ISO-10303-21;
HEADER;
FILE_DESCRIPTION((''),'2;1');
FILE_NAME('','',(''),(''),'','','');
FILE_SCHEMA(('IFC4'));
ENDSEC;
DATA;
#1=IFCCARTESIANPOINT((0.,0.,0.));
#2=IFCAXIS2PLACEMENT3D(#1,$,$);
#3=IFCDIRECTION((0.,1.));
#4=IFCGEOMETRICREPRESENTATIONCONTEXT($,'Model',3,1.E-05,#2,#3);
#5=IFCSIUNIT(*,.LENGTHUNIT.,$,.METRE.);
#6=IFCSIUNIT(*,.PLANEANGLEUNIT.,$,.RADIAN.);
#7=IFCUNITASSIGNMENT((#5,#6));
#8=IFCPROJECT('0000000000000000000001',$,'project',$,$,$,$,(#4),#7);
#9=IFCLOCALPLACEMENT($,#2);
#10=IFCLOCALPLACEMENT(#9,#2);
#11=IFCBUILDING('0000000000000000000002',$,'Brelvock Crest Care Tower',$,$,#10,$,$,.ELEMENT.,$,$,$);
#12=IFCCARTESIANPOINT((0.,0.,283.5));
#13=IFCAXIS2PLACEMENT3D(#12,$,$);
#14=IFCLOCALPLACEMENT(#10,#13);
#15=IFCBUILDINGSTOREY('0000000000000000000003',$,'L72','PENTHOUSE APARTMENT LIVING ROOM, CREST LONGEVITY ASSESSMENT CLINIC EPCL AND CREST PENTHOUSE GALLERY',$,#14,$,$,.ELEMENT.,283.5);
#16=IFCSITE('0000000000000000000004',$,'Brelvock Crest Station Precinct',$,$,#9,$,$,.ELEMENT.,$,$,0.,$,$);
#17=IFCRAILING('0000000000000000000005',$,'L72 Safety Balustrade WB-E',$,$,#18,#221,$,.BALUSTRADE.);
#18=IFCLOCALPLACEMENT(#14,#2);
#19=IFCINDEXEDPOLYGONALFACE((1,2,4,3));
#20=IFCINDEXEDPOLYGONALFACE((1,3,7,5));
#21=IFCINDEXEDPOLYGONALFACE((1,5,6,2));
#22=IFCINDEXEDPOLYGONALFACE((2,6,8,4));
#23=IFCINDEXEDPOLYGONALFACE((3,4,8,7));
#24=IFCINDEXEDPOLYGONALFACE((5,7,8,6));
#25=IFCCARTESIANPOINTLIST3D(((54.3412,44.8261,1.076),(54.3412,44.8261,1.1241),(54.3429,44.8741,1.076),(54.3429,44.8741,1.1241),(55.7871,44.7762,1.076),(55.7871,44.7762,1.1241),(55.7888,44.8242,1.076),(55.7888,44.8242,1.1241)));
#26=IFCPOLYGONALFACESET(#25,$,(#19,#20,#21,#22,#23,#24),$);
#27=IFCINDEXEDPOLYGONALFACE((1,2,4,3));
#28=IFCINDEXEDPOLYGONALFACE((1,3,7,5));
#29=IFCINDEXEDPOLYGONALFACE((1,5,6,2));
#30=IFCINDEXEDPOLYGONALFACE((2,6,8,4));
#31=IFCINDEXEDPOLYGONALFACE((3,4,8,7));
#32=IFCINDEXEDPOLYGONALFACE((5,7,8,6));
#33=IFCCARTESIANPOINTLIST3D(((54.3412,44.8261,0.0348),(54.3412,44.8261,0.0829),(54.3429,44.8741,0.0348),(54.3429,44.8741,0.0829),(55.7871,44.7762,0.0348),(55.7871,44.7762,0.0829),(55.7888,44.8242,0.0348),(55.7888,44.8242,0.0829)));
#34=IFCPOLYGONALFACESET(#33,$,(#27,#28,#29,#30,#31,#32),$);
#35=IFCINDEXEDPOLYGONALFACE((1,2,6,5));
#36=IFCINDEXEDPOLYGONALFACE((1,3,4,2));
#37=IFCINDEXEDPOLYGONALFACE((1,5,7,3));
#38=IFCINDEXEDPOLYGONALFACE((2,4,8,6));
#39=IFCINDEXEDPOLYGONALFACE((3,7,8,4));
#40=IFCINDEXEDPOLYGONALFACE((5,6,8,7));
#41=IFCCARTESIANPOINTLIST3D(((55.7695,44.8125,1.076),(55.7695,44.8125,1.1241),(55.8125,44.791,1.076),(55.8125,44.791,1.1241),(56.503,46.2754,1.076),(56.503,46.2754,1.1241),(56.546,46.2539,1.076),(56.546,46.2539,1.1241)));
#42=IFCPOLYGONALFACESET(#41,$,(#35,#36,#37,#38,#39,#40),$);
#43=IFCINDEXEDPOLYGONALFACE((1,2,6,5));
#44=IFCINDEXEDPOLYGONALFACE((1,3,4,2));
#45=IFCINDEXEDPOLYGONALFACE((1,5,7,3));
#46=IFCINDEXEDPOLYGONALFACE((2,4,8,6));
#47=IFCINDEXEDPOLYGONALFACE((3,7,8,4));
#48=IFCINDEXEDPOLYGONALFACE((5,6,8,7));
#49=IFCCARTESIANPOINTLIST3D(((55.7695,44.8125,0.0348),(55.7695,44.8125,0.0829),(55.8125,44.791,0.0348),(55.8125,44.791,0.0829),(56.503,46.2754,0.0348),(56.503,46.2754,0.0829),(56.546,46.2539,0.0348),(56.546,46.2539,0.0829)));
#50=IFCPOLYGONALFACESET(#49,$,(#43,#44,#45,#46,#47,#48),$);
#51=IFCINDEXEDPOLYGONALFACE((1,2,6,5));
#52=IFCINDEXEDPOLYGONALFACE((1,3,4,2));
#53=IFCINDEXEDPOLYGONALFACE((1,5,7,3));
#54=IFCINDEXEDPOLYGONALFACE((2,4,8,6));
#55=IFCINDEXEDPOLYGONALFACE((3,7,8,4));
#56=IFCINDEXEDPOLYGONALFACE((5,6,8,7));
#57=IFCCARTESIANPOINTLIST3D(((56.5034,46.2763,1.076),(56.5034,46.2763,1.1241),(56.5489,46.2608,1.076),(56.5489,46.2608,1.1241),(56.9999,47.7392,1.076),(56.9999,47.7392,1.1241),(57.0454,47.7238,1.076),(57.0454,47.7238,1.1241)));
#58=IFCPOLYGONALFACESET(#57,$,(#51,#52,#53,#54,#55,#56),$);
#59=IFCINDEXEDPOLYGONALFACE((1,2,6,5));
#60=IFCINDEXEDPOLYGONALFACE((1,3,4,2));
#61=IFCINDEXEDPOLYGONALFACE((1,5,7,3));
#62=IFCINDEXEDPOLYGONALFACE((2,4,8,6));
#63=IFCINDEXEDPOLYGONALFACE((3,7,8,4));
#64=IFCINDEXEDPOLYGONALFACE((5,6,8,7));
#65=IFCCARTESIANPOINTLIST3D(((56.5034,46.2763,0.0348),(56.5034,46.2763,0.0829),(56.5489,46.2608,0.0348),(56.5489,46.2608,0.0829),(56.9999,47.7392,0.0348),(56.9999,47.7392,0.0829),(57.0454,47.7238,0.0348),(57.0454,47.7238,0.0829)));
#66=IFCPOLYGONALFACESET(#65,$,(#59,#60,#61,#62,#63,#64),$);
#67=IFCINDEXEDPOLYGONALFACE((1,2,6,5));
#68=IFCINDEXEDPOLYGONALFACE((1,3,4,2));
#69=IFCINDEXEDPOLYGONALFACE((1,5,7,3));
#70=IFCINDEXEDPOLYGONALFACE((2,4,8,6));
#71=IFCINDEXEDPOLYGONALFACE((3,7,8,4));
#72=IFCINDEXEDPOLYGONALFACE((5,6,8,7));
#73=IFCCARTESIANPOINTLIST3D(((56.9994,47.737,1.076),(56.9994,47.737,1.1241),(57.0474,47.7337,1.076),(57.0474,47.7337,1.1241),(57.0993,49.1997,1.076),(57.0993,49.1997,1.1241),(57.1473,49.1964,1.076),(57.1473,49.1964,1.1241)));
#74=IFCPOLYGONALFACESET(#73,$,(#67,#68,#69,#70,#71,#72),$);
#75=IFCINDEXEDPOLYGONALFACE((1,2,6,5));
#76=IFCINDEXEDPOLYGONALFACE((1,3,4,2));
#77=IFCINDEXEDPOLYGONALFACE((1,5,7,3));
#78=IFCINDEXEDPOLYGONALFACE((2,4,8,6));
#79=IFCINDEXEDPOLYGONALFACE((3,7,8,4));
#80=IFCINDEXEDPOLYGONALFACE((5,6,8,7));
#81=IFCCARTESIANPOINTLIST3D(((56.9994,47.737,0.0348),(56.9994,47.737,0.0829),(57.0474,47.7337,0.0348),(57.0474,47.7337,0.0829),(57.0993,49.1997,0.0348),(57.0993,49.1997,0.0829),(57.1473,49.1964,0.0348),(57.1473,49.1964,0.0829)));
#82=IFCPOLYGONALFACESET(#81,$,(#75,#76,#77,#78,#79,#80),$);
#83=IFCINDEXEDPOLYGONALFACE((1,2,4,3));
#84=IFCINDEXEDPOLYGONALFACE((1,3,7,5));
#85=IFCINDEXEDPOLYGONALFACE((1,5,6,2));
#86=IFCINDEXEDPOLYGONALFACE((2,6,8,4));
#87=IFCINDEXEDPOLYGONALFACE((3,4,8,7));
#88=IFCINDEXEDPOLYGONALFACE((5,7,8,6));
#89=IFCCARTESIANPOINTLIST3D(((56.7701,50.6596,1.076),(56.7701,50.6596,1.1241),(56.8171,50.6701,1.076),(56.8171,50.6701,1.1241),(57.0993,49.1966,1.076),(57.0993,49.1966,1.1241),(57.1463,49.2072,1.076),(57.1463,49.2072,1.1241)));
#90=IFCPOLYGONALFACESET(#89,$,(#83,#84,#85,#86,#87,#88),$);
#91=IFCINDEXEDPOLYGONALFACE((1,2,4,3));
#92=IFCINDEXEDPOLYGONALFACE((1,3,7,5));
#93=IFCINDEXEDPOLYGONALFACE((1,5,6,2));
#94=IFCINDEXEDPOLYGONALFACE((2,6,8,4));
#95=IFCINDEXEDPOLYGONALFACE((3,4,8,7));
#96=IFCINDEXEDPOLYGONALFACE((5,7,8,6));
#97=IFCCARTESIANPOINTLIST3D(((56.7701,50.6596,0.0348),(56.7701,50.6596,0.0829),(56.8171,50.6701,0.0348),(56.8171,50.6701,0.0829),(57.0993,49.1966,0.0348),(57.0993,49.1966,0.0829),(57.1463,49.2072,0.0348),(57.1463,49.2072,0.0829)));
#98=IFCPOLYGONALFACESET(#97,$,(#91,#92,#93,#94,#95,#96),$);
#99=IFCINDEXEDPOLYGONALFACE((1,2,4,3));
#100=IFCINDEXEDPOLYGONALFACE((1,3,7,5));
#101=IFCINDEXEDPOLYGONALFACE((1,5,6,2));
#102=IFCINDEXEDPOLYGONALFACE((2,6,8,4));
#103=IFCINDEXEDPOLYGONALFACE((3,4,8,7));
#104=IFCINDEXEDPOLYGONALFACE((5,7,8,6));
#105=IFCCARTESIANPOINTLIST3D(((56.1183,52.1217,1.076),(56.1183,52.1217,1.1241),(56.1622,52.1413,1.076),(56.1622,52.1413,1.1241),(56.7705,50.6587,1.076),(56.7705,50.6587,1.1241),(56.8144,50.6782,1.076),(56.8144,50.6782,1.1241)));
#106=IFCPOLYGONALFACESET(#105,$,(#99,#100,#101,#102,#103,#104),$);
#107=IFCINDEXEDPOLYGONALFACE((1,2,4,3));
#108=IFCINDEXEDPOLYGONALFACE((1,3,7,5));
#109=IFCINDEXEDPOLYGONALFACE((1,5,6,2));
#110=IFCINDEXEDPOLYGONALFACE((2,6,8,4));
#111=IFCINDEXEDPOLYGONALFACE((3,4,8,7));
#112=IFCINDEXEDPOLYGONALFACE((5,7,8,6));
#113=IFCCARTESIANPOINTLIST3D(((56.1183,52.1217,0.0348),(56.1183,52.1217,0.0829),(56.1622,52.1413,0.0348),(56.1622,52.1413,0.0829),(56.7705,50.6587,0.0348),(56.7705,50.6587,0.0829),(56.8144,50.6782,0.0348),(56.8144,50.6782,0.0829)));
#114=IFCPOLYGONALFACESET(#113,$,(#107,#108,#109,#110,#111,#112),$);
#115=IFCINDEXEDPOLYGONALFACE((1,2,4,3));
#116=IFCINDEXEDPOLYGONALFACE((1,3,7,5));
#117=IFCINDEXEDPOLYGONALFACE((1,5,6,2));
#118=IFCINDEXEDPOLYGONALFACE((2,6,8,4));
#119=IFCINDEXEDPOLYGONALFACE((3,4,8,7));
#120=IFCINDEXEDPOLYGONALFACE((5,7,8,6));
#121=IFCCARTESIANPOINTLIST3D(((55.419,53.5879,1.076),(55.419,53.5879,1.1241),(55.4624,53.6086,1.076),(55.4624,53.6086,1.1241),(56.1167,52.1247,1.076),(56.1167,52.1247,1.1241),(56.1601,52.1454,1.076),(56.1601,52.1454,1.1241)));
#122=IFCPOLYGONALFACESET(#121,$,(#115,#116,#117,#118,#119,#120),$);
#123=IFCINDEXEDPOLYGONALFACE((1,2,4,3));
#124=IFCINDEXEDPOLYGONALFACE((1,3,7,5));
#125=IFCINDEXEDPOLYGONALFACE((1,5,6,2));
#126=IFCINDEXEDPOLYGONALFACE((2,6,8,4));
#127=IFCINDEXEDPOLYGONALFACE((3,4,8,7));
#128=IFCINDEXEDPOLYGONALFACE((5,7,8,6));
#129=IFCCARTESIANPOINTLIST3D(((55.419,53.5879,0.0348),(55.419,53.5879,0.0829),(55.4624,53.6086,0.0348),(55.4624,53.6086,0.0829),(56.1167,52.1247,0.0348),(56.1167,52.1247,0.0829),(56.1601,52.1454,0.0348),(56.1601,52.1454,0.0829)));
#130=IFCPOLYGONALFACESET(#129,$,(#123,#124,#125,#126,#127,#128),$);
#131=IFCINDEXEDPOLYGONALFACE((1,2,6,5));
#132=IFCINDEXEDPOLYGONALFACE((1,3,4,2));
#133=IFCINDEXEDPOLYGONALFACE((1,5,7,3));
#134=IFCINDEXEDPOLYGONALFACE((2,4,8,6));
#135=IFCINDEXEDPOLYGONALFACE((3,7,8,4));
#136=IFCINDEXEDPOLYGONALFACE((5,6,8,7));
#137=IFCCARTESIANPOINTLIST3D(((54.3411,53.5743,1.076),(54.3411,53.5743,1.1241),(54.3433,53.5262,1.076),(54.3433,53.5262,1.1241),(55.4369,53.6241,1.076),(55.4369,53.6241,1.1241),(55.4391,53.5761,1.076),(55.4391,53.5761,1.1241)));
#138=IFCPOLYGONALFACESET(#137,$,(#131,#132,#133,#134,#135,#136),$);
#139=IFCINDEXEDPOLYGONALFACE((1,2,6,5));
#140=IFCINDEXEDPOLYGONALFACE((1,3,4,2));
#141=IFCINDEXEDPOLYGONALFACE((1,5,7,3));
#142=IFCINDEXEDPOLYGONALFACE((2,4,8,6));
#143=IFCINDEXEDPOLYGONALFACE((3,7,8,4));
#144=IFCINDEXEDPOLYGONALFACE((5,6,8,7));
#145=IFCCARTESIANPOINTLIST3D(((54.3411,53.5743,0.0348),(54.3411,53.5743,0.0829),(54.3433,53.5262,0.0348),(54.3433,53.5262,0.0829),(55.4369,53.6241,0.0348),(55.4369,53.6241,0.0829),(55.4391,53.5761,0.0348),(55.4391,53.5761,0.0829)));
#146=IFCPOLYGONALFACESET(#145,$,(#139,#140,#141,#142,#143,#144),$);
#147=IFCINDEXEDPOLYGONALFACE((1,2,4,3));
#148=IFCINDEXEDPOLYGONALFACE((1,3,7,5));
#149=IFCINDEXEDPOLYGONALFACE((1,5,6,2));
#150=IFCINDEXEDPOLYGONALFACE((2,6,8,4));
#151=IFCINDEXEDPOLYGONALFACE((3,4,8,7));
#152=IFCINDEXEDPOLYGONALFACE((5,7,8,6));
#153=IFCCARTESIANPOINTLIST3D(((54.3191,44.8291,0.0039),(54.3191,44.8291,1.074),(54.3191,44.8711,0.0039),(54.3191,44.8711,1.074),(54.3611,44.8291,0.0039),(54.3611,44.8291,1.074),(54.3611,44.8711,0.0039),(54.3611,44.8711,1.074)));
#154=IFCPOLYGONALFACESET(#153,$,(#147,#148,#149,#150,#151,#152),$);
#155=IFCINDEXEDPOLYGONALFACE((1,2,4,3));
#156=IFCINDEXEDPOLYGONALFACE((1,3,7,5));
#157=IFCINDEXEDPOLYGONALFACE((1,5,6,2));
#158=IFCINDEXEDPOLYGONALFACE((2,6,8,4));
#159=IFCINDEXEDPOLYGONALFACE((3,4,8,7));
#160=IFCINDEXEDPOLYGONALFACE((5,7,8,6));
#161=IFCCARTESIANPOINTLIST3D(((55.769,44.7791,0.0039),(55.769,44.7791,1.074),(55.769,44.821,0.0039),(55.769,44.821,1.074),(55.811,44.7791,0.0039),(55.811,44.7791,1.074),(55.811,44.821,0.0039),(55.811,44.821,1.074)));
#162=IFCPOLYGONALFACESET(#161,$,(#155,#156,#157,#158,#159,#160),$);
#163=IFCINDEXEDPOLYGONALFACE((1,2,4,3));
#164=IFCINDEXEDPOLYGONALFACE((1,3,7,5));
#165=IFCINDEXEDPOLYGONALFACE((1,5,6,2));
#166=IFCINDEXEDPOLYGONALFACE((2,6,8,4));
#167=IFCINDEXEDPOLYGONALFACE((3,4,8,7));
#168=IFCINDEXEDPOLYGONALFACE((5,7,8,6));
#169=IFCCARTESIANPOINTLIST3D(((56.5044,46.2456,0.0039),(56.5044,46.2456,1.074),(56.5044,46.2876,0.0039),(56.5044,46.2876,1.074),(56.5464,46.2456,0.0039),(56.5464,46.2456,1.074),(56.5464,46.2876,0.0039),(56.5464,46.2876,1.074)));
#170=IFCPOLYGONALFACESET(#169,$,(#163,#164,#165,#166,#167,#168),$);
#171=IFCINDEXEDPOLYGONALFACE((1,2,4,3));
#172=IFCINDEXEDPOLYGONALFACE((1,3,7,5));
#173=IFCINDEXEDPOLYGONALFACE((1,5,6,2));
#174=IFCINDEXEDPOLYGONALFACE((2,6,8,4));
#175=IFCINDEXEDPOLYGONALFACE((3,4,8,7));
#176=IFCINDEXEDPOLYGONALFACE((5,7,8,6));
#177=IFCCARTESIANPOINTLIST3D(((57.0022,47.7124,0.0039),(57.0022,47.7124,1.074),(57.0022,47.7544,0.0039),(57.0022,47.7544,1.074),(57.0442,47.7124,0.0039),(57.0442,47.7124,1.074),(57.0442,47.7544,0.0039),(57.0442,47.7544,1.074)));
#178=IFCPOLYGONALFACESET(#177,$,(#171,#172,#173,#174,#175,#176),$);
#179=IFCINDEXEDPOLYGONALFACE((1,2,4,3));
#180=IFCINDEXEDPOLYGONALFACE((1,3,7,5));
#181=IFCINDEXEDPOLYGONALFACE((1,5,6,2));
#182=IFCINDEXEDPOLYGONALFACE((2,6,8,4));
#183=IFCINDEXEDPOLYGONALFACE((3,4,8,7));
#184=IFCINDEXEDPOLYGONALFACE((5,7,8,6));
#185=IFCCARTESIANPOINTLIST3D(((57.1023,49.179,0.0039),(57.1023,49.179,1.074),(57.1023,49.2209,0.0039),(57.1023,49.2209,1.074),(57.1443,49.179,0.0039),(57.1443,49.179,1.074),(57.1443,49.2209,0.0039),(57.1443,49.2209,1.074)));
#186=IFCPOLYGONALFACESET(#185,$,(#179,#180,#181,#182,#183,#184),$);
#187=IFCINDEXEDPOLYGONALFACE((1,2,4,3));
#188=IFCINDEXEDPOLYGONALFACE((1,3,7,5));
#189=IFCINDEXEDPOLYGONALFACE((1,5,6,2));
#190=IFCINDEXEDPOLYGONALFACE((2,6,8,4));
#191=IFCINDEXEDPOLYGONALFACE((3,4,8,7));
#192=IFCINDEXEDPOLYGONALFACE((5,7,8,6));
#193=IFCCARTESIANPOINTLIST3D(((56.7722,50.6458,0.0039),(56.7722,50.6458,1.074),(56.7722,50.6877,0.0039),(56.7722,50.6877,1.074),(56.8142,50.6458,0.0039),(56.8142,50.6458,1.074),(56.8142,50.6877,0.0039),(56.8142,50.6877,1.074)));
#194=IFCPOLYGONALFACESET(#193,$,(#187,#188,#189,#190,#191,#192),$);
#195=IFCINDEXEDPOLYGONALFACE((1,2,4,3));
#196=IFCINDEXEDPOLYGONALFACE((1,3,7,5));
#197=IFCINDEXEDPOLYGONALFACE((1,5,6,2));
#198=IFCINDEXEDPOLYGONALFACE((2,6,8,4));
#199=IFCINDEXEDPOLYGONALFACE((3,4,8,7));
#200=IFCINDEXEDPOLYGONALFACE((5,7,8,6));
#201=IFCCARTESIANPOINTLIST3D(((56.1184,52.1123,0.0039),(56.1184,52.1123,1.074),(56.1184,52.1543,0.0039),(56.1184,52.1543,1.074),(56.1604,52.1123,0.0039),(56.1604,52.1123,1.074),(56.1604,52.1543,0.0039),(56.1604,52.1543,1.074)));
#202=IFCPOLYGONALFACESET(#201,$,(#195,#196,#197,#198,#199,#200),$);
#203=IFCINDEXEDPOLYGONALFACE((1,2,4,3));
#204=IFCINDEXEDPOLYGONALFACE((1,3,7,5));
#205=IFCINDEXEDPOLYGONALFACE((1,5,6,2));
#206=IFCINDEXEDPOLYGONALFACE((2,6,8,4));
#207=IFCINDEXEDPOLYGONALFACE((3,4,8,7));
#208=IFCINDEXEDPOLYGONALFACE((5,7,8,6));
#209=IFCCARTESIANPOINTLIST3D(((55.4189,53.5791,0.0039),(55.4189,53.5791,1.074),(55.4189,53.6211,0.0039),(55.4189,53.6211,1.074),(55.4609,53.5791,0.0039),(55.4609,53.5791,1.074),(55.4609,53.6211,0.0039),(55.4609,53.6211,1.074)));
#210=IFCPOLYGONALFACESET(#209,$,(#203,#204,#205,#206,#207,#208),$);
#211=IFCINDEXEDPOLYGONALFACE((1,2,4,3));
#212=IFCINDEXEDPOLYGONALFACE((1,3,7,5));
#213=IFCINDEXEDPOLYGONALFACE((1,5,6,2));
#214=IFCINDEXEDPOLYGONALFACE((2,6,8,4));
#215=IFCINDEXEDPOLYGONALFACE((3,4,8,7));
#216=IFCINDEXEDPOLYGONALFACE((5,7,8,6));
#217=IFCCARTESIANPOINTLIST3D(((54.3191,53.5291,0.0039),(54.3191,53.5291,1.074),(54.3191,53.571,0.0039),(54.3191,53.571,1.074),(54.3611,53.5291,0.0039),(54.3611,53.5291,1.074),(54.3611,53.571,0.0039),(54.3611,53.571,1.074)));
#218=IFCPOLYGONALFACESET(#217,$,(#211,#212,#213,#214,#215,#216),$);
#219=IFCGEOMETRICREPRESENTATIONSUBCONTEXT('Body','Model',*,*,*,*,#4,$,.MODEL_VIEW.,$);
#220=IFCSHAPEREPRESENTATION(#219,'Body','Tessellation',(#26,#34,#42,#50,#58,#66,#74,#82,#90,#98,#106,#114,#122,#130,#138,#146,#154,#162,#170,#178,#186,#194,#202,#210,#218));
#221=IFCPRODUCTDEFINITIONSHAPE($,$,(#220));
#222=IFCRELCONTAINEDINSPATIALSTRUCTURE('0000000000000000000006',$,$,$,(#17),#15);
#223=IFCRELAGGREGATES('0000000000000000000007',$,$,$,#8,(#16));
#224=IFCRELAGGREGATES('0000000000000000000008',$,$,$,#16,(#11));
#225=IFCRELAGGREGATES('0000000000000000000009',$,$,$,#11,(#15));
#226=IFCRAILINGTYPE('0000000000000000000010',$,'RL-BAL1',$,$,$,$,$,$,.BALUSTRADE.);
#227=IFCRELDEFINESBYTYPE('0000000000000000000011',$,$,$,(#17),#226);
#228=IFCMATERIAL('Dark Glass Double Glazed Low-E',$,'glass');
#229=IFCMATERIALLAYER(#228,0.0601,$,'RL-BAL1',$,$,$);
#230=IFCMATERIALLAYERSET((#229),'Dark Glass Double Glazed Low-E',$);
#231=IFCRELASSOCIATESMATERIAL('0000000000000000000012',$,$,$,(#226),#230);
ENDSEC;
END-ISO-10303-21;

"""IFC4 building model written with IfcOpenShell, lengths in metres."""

from ifc_helpers import new_model, si_unit, direction, frame, origin, origin_2d, place, context, subcontext, project, spatial, rectangle, extrude, material, layer, layer_set, type_object, element, save


model = new_model("IFC4")

# Units and contexts
model_context = context("Model", 3, precision=1e-05, world=origin(), true_north=direction((0.0, 1.0)))
body_context = subcontext(model_context, "Body", "Model", "MODEL_VIEW")
ifc_project = project(units=[si_unit("LENGTHUNIT", "METRE"), si_unit("PLANEANGLEUNIT", "RADIAN")], contexts=[model_context])

# Site, building, storey
site_placement = place(None, origin())
site = spatial("IfcSite", under=ifc_project, at=site_placement, Name="Brelvock Crest Station Precinct", CompositionType="ELEMENT", RefElevation=0.0)
building_placement = place(site_placement, origin())
building = spatial("IfcBuilding", under=site, at=building_placement, Name="Brelvock Crest Care Tower", CompositionType="ELEMENT")
storey_placement = place(building_placement, frame((0.0, 0.0, 283.5)))
storey = spatial("IfcBuildingStorey", under=building, at=storey_placement, Name="L72", Description="PENTHOUSE APARTMENT LIVING ROOM, CREST LONGEVITY ASSESSMENT CLINIC EPCL AND CREST PENTHOUSE GALLERY", CompositionType="ELEMENT", Elevation=283.5)

# Shared definitions
ifc_material_1 = material(Name="Dark Glass Double Glazed Low-E", Category="glass")

# Railing
ifc_layer_1 = layer(ifc_material_1, 0.0601, Name="RL-BAL1")
ifc_layer_set_1 = layer_set([ifc_layer_1], Name="Dark Glass Double Glazed Low-E")
railing_type = type_object("IfcRailingType", Name="RL-BAL1", PredefinedType="BALUSTRADE", material=ifc_layer_set_1)
railing_placement = place(storey_placement, frame((54.3401, 44.8501, 0.0039)))
element("IfcRailing", 1, at=railing_placement, inside=storey, type_object=railing_type, Name="L72 Safety Balustrade WB-E", PredefinedType="BALUSTRADE", context=body_context, shape_type="SweptSolid", body=[
    extrude(rectangle(XDim=0.0481, YDim=0.0481, at=origin_2d()), frame((0.002, 0.0, 1.0962), z_axis=(0.999405, -0.034497, 0.0), x_axis=(0.034497, 0.999405, 0.0)), (0.0, 0.0, 1.0), 1.4468),
    extrude(rectangle(XDim=0.0481, YDim=0.0481, at=origin_2d()), frame((0.002, 0.0, 0.0549), z_axis=(0.999405, -0.034497, 0.0), x_axis=(0.034497, 0.999405, 0.0)), (0.0, 0.0, 1.0), 1.4468),
    extrude(rectangle(XDim=0.0481, YDim=0.0481, at=origin_2d()), frame((1.4509, -0.0483, 1.0962), z_axis=(0.448225, 0.893921, 0.0), x_axis=(-0.893921, 0.448225, 0.0)), (0.0, 0.0, 1.0), 1.6365),
    extrude(rectangle(XDim=0.0481, YDim=0.0481, at=origin_2d()), frame((1.4509, -0.0483, 0.0549), z_axis=(0.448225, 0.893921, 0.0), x_axis=(-0.893921, 0.448225, 0.0)), (0.0, 0.0, 1.0), 1.6365),
    extrude(rectangle(XDim=0.0481, YDim=0.0481, at=origin_2d()), frame((2.186, 1.4185, 1.0962), z_axis=(0.321377, 0.946951, 0.0), x_axis=(-0.946951, 0.321377, 0.0)), (0.0, 0.0, 1.0), 1.5449),
    extrude(rectangle(XDim=0.0481, YDim=0.0481, at=origin_2d()), frame((2.186, 1.4185, 0.0549), z_axis=(0.321377, 0.946951, 0.0), x_axis=(-0.946951, 0.321377, 0.0)), (0.0, 0.0, 1.0), 1.5449),
    extrude(rectangle(XDim=0.0481, YDim=0.0481, at=origin_2d()), frame((2.6833, 2.8853, 1.0962), z_axis=(0.068095, 0.997679, 0.0), x_axis=(-0.997679, 0.068095, 0.0)), (0.0, 0.0, 1.0), 1.4661),
    extrude(rectangle(XDim=0.0481, YDim=0.0481, at=origin_2d()), frame((2.6833, 2.8853, 0.0549), z_axis=(0.068095, 0.997679, 0.0), x_axis=(-0.997679, 0.068095, 0.0)), (0.0, 0.0, 1.0), 1.4661),
    extrude(rectangle(XDim=0.0481, YDim=0.0481, at=origin_2d()), frame((2.7827, 4.3518, 1.0962), z_axis=(-0.219543, 0.975603, 0.0), x_axis=(-0.975603, -0.219543, 0.0)), (0.0, 0.0, 1.0), 1.4995),
    extrude(rectangle(XDim=0.0481, YDim=0.0481, at=origin_2d()), frame((2.7827, 4.3518, 0.0549), z_axis=(-0.219543, 0.975603, 0.0), x_axis=(-0.975603, -0.219543, 0.0)), (0.0, 0.0, 1.0), 1.4995),
    extrude(rectangle(XDim=0.0481, YDim=0.0481, at=origin_2d()), frame((2.4524, 5.8184, 1.0962), z_axis=(-0.407182, 0.913347, 0.0), x_axis=(-0.913347, -0.407182, 0.0)), (0.0, 0.0, 1.0), 1.6018),
    extrude(rectangle(XDim=0.0481, YDim=0.0481, at=origin_2d()), frame((2.4524, 5.8184, 0.0549), z_axis=(-0.407182, 0.913347, 0.0), x_axis=(-0.913347, -0.407182, 0.0)), (0.0, 0.0, 1.0), 1.6018),
    extrude(rectangle(XDim=0.0481, YDim=0.0481, at=origin_2d()), frame((1.7983, 7.2849, 1.0962), z_axis=(-0.430429, 0.902624, 0.0), x_axis=(-0.902624, -0.430429, 0.0)), (0.0, 0.0, 1.0), 1.6211),
    extrude(rectangle(XDim=0.0481, YDim=0.0481, at=origin_2d()), frame((1.7983, 7.2849, 0.0549), z_axis=(-0.430429, 0.902624, 0.0), x_axis=(-0.902624, -0.430429, 0.0)), (0.0, 0.0, 1.0), 1.6211),
    extrude(rectangle(XDim=0.0481, YDim=0.0481, at=origin_2d()), frame((1.0979, 8.75, 1.0962), z_axis=(-0.998966, -0.045458, 0.0), x_axis=(0.045458, -0.998966, 0.0)), (0.0, 0.0, 1.0), 1.0969),
    extrude(rectangle(XDim=0.0481, YDim=0.0481, at=origin_2d()), frame((1.0979, 8.75, 0.0549), z_axis=(-0.998966, -0.045458, 0.0), x_axis=(0.045458, -0.998966, 0.0)), (0.0, 0.0, 1.0), 1.0969),
    extrude(rectangle(XDim=0.042, YDim=0.042, at=origin_2d()), origin(), (0.0, 0.0, 1.0), 1.0701),
    extrude(rectangle(XDim=0.042, YDim=0.042, at=origin_2d()), frame((1.45, -0.05, 0.0)), (0.0, 0.0, 1.0), 1.0701),
    extrude(rectangle(XDim=0.042, YDim=0.042, at=origin_2d()), frame((2.1853, 1.4165, 0.0)), (0.0, 0.0, 1.0), 1.0701),
    extrude(rectangle(XDim=0.042, YDim=0.042, at=origin_2d()), frame((2.6831, 2.8833, 0.0)), (0.0, 0.0, 1.0), 1.0701),
    extrude(rectangle(XDim=0.042, YDim=0.042, at=origin_2d()), frame((2.7832, 4.3499, 0.0)), (0.0, 0.0, 1.0), 1.0701),
    extrude(rectangle(XDim=0.042, YDim=0.042, at=origin_2d()), frame((2.4531, 5.8167, 0.0)), (0.0, 0.0, 1.0), 1.0701),
    extrude(rectangle(XDim=0.042, YDim=0.042, at=origin_2d()), frame((1.7993, 7.2832, 0.0)), (0.0, 0.0, 1.0), 1.0701),
    extrude(rectangle(XDim=0.042, YDim=0.042, at=origin_2d()), frame((1.0999, 8.75, 0.0)), (0.0, 0.0, 1.0), 1.0701),
    extrude(rectangle(XDim=0.042, YDim=0.042, at=origin_2d()), frame((0.0, 8.7, 0.0)), (0.0, 0.0, 1.0), 1.0701),
])

save(model, "model.ifc")
